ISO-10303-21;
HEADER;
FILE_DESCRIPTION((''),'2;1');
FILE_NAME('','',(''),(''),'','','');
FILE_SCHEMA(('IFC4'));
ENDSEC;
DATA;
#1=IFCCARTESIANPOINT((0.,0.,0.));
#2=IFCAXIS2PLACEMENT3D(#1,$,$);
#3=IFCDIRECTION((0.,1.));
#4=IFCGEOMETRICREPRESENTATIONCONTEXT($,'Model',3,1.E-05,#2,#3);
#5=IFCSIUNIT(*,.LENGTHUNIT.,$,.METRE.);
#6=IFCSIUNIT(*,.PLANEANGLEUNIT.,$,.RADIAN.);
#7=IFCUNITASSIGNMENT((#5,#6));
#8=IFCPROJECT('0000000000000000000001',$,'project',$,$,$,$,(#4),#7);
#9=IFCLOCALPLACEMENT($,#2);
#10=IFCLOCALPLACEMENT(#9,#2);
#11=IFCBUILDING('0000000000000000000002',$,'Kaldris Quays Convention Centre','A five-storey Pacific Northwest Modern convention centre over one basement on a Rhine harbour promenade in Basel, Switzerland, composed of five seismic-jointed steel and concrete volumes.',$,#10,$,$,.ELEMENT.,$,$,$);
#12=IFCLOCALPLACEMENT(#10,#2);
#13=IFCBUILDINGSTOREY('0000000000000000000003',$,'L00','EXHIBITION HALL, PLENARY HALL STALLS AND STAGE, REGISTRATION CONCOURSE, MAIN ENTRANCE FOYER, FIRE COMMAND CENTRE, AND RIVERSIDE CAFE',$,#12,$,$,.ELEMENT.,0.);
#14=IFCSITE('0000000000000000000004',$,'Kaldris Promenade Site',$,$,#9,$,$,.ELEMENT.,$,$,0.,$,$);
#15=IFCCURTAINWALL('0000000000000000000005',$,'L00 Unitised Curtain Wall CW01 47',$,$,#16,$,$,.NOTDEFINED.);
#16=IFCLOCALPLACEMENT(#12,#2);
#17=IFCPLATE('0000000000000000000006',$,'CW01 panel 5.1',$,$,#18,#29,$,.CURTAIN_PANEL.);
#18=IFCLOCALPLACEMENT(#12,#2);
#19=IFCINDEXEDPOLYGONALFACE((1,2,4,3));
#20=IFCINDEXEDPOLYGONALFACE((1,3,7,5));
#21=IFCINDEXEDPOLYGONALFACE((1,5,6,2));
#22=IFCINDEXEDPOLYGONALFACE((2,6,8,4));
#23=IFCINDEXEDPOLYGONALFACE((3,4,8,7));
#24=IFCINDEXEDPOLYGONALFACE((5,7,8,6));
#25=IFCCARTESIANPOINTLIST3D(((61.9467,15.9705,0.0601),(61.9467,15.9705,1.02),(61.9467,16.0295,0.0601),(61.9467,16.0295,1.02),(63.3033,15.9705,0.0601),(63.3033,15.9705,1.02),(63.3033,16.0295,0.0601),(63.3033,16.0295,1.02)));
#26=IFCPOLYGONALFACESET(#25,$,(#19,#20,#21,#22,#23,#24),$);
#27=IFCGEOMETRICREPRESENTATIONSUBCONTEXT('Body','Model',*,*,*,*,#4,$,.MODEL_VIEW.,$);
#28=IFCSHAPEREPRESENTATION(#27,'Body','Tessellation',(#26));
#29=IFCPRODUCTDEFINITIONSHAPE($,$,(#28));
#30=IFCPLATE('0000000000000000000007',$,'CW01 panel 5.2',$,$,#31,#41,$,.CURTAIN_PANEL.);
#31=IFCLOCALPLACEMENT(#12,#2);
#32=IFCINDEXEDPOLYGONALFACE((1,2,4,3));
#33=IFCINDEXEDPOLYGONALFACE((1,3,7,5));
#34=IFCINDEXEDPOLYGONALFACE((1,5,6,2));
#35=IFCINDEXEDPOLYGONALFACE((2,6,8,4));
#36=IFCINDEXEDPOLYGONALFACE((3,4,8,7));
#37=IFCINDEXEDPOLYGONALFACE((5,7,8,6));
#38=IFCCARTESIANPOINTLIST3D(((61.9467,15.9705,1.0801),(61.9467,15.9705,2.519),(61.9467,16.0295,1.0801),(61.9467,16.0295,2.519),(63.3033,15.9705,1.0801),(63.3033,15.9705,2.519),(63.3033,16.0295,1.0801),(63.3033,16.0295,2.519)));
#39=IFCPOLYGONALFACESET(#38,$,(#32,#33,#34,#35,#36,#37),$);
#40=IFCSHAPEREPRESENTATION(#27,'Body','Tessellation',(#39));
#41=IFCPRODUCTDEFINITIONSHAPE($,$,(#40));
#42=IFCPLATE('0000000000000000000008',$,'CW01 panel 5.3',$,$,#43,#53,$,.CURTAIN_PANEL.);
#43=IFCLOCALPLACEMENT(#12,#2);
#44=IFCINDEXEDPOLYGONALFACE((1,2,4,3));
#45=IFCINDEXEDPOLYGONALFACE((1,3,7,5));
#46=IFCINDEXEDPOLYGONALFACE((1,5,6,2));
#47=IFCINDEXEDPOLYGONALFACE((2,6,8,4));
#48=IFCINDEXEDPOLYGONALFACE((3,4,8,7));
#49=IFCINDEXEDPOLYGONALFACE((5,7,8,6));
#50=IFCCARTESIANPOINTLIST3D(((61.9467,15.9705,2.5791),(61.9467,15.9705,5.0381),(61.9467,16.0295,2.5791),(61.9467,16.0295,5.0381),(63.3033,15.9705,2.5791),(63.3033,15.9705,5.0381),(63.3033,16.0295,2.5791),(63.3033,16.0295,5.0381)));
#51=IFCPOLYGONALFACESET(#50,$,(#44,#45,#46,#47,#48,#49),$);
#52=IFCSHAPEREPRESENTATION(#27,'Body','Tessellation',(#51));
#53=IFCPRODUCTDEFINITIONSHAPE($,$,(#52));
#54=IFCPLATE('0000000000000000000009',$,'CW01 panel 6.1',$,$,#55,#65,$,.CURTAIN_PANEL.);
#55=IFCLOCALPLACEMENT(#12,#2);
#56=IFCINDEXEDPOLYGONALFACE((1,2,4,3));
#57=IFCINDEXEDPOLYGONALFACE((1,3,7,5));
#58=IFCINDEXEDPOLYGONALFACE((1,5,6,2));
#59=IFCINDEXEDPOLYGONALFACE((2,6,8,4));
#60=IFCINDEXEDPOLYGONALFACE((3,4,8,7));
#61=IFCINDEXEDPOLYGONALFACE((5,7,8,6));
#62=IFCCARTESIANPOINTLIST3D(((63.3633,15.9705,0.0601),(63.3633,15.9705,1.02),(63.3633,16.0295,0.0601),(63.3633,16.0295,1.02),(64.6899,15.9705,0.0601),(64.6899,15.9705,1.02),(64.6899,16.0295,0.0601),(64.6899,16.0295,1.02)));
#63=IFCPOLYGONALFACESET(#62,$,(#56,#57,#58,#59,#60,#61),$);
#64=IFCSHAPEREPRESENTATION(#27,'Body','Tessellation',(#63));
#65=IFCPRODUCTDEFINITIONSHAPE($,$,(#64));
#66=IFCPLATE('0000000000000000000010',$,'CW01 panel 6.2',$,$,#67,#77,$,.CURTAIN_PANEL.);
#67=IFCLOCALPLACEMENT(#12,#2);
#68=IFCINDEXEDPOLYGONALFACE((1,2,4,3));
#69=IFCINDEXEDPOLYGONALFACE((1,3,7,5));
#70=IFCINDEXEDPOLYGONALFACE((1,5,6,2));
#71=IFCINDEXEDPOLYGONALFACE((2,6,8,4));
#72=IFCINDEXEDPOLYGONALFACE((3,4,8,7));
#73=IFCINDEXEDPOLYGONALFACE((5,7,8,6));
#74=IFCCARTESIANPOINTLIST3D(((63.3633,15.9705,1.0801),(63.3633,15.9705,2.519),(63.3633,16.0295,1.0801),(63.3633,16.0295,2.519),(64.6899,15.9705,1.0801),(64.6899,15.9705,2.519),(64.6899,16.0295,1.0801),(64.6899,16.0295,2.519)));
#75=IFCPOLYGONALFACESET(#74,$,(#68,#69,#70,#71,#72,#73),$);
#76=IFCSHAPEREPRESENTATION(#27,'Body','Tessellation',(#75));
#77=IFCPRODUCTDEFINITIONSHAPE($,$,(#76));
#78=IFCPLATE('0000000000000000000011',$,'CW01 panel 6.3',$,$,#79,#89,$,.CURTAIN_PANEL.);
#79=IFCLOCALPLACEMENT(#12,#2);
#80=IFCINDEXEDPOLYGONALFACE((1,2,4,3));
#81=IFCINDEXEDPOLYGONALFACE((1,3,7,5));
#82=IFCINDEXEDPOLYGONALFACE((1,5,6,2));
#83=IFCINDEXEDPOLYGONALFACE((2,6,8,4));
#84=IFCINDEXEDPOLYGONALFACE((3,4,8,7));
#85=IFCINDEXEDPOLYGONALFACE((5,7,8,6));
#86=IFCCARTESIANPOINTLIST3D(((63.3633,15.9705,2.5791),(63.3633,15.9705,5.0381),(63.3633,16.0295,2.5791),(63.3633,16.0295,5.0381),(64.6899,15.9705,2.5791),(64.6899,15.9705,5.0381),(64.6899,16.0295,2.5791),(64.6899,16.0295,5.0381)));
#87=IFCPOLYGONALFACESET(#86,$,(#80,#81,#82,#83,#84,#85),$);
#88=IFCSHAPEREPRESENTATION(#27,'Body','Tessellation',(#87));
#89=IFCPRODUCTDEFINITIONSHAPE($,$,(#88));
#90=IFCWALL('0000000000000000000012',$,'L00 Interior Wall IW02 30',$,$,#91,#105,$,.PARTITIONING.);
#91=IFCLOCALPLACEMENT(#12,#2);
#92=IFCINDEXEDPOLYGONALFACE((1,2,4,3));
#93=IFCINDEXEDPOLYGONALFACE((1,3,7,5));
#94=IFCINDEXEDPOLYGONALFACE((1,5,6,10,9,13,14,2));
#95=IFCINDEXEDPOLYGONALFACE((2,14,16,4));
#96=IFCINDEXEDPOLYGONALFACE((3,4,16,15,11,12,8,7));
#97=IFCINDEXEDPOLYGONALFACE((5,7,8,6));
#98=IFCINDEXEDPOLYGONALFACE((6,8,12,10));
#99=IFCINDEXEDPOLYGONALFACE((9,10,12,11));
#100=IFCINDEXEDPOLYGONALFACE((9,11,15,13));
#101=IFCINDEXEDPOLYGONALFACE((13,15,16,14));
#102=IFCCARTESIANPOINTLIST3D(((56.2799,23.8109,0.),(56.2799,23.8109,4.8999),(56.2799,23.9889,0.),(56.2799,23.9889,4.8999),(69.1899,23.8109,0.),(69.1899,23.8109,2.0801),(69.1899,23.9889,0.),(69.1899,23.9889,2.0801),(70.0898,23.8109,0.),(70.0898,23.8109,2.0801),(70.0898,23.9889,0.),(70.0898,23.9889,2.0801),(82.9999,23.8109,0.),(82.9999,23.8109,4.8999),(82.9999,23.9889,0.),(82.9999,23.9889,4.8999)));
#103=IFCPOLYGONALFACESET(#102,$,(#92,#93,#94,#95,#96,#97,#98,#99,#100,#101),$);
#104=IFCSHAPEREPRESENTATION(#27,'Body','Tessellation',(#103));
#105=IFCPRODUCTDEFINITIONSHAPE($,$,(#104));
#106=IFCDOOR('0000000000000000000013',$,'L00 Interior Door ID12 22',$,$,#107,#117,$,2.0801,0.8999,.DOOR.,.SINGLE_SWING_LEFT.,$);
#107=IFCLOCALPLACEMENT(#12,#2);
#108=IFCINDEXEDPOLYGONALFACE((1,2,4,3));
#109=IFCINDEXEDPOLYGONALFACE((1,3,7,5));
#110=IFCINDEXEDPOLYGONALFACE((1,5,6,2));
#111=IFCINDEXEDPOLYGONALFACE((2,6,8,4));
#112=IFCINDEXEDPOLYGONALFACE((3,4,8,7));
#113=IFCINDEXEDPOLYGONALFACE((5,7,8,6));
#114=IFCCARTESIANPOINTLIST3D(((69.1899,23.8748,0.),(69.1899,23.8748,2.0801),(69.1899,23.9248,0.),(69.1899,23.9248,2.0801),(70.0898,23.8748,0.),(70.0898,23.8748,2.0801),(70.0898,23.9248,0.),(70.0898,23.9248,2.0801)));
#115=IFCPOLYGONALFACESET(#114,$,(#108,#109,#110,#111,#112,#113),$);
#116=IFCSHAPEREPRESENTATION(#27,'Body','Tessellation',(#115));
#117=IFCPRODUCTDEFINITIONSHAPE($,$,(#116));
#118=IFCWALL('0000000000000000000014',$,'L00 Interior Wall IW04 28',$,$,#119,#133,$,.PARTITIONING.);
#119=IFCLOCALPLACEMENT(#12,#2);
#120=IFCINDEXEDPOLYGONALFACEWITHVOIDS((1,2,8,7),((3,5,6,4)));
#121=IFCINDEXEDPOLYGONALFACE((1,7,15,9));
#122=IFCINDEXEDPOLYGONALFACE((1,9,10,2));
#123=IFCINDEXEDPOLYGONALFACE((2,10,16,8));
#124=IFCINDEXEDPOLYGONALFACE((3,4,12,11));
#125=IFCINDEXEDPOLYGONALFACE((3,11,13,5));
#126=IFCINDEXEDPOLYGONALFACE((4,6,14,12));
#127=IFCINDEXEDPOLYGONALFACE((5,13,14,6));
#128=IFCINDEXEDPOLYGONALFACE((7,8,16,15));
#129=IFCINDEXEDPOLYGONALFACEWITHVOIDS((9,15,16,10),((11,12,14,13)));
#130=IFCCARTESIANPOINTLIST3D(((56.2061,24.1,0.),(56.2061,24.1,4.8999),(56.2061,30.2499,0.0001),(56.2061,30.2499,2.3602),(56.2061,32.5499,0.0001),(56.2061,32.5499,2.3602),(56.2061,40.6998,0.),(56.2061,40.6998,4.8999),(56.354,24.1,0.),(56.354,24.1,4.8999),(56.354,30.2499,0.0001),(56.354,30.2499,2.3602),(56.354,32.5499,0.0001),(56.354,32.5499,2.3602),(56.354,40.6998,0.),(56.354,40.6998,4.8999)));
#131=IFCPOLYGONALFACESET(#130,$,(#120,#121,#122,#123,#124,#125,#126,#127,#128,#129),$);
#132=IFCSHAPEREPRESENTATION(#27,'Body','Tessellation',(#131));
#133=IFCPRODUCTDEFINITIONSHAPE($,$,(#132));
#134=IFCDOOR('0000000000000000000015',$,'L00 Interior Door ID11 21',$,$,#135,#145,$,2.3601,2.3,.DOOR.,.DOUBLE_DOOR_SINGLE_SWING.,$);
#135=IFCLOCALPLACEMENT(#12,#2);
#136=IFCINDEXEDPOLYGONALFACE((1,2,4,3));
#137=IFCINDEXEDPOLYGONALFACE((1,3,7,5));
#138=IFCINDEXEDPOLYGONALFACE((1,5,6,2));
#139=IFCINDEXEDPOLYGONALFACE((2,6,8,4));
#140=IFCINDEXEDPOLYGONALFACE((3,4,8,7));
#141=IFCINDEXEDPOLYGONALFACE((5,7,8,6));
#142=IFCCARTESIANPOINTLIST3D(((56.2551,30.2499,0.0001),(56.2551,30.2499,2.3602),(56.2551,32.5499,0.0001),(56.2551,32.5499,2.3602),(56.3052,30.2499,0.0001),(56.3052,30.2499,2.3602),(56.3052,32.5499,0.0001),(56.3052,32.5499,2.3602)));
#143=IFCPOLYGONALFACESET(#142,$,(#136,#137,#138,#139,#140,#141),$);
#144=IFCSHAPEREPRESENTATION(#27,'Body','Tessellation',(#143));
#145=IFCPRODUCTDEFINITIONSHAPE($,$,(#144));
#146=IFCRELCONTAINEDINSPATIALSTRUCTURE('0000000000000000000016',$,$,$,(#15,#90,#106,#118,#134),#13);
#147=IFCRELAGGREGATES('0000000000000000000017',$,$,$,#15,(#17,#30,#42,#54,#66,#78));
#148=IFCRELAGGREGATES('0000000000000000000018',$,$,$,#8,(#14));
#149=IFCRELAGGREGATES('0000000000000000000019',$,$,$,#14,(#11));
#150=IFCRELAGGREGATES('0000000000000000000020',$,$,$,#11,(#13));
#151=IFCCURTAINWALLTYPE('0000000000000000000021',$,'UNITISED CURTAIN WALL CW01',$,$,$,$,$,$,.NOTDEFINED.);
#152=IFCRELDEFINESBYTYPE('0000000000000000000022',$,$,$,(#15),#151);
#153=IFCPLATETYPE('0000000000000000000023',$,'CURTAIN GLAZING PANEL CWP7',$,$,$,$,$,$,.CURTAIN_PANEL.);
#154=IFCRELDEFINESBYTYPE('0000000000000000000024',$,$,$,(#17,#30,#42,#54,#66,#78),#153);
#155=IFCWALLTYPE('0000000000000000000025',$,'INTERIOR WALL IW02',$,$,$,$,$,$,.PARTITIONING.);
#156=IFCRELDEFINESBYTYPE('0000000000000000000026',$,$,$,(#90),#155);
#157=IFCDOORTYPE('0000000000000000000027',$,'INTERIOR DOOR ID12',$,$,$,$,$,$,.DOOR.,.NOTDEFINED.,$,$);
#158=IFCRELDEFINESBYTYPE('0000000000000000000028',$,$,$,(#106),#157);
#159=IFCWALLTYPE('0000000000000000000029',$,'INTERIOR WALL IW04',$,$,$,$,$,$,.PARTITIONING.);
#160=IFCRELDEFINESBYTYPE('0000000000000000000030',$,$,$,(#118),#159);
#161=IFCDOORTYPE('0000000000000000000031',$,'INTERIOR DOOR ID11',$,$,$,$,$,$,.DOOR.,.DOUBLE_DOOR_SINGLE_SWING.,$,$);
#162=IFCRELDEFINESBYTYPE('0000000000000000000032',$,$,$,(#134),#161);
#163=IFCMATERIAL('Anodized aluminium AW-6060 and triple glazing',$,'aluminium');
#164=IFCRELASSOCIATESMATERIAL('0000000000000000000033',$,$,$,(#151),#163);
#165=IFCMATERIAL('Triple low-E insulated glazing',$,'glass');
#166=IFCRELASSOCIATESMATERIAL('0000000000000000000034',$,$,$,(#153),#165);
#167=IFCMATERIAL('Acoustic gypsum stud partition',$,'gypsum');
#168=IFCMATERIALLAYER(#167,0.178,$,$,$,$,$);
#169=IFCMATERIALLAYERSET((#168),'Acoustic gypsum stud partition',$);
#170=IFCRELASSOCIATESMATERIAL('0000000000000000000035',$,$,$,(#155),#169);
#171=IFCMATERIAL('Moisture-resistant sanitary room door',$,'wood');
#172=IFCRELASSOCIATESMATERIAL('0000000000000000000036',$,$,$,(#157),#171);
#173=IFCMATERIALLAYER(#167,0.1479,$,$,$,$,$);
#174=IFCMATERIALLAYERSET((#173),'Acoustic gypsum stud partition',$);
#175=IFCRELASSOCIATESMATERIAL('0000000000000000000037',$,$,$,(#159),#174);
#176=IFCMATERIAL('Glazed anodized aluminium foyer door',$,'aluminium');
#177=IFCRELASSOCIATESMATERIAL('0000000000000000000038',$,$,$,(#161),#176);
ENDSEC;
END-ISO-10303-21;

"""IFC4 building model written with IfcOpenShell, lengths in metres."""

from ifc_helpers import new_model, si_unit, direction, frame, frame_2d, origin, origin_2d, place, context, subcontext, project, spatial, rectangle, extrude, material, layer, layer_set, type_object, element, fill, aggregate, save


model = new_model("IFC4")

# Units and contexts
model_context = context("Model", 3, precision=1e-05, world=origin(), true_north=direction((0.0, 1.0)))
body_context = subcontext(model_context, "Body", "Model", "MODEL_VIEW")
ifc_project = project(units=[si_unit("LENGTHUNIT", "METRE"), si_unit("PLANEANGLEUNIT", "RADIAN")], contexts=[model_context])

# Site, building, storey
site_placement = place(None, origin())
site = spatial("IfcSite", under=ifc_project, at=site_placement, Name="Kaldris Promenade Site", CompositionType="ELEMENT", RefElevation=0.0)
building_placement = place(site_placement, origin())
building = spatial("IfcBuilding", under=site, at=building_placement, Name="Kaldris Quays Convention Centre", Description="A five-storey Pacific Northwest Modern convention centre over one basement on a Rhine harbour promenade in Basel, Switzerland, composed of five seismic-jointed steel and concrete volumes.", CompositionType="ELEMENT")
storey_placement = place(building_placement, origin())
storey = spatial("IfcBuildingStorey", under=building, at=storey_placement, Name="L00", Description="EXHIBITION HALL, PLENARY HALL STALLS AND STAGE, REGISTRATION CONCOURSE, MAIN ENTRANCE FOYER, FIRE COMMAND CENTRE, AND RIVERSIDE CAFE", CompositionType="ELEMENT", Elevation=0.0)

# Curtain wall
ifc_material_1 = material(Name="Anodized aluminium AW-6060 and triple glazing", Category="aluminium")
curtain_wall_type = type_object("IfcCurtainWallType", Name="UNITISED CURTAIN WALL CW01", PredefinedType="NOTDEFINED", material=ifc_material_1)
curtain_wall_placement = place(storey_placement, origin())
curtain_wall = element("IfcCurtainWall", 1, at=curtain_wall_placement, inside=storey, type_object=curtain_wall_type, Name="L00 Unitised Curtain Wall CW01 47", PredefinedType="NOTDEFINED")

# Plates
ifc_material_2 = material(Name="Triple low-E insulated glazing", Category="glass")
plate_type = type_object("IfcPlateType", Name="CURTAIN GLAZING PANEL CWP7", PredefinedType="CURTAIN_PANEL", material=ifc_material_2)
plate_1_placement = place(storey_placement, frame((62.625, 16.0, 0.0601), z_axis=(0.0, 0.0, 1.0), x_axis=(1.0, 0.0, 0.0)))
plate_1 = element("IfcPlate", 2, at=plate_1_placement, type_object=plate_type, Name="CW01 panel 5.1", PredefinedType="CURTAIN_PANEL", context=body_context, shape_type="SweptSolid", body=[
    extrude(rectangle(XDim=1.3567, YDim=0.0591, at=origin_2d()), origin(), (0.0, 0.0, 1.0), 0.96),
])
plate_2_placement = place(storey_placement, frame((62.625, 16.0, 1.0801), z_axis=(0.0, 0.0, 1.0), x_axis=(1.0, 0.0, 0.0)))
plate_2 = element("IfcPlate", 3, at=plate_2_placement, type_object=plate_type, Name="CW01 panel 5.2", PredefinedType="CURTAIN_PANEL", context=body_context, shape_type="SweptSolid", body=[
    extrude(rectangle(XDim=1.3567, YDim=0.0591, at=origin_2d()), origin(), (0.0, 0.0, 1.0), 1.439),
])
plate_3_placement = place(storey_placement, frame((62.625, 16.0, 2.5791), z_axis=(0.0, 0.0, 1.0), x_axis=(1.0, 0.0, 0.0)))
plate_3 = element("IfcPlate", 4, at=plate_3_placement, type_object=plate_type, Name="CW01 panel 5.3", PredefinedType="CURTAIN_PANEL", context=body_context, shape_type="SweptSolid", body=[
    extrude(rectangle(XDim=1.3567, YDim=0.0591, at=origin_2d()), origin(), (0.0, 0.0, 1.0), 2.459),
])
plate_4_placement = place(storey_placement, frame((64.0266, 16.0, 0.0601), z_axis=(0.0, 0.0, 1.0), x_axis=(1.0, 0.0, 0.0)))
plate_4 = element("IfcPlate", 5, at=plate_4_placement, type_object=plate_type, Name="CW01 panel 6.1", PredefinedType="CURTAIN_PANEL", context=body_context, shape_type="SweptSolid", body=[
    extrude(rectangle(XDim=1.3267, YDim=0.0591, at=origin_2d()), origin(), (0.0, 0.0, 1.0), 0.96),
])
plate_5_placement = place(storey_placement, frame((64.0266, 16.0, 1.0801), z_axis=(0.0, 0.0, 1.0), x_axis=(1.0, 0.0, 0.0)))
plate_5 = element("IfcPlate", 6, at=plate_5_placement, type_object=plate_type, Name="CW01 panel 6.2", PredefinedType="CURTAIN_PANEL", context=body_context, shape_type="SweptSolid", body=[
    extrude(rectangle(XDim=1.3267, YDim=0.0591, at=origin_2d()), origin(), (0.0, 0.0, 1.0), 1.439),
])
plate_6_placement = place(storey_placement, frame((64.0266, 16.0, 2.5791), z_axis=(0.0, 0.0, 1.0), x_axis=(1.0, 0.0, 0.0)))
plate_6 = element("IfcPlate", 7, at=plate_6_placement, type_object=plate_type, Name="CW01 panel 6.3", PredefinedType="CURTAIN_PANEL", context=body_context, shape_type="SweptSolid", body=[
    extrude(rectangle(XDim=1.3267, YDim=0.0591, at=origin_2d()), origin(), (0.0, 0.0, 1.0), 2.459),
])
aggregate(curtain_wall, [plate_1, plate_2, plate_3, plate_4, plate_5, plate_6])

# Walls, openings, doors
ifc_material_3 = material(Name="Acoustic gypsum stud partition", Category="gypsum")
ifc_layer_1 = layer(ifc_material_3, 0.178)
ifc_layer_set_1 = layer_set([ifc_layer_1], Name="Acoustic gypsum stud partition")
wall_type_1 = type_object("IfcWallType", Name="INTERIOR WALL IW02", PredefinedType="PARTITIONING", material=ifc_layer_set_1)
wall_1_placement = place(storey_placement, frame((56.28, 23.8999, 0.0), z_axis=(0.0, 0.0, 1.0), x_axis=(1.0, 0.0, 0.0)))
wall_1 = element("IfcWall", 8, at=wall_1_placement, inside=storey, type_object=wall_type_1, Name="L00 Interior Wall IW02 30", PredefinedType="PARTITIONING", context=body_context, shape_type="SweptSolid", body=[
    extrude(rectangle(XDim=26.72, YDim=0.178, at=frame_2d((13.3599, 0.0))), origin(), (0.0, 0.0, 1.0), 4.8999),
])
opening_1_placement = place(wall_1_placement, frame((12.9099, 0.0, 0.0)))
opening_1 = element("IfcOpeningElement", 9, at=opening_1_placement, cuts=wall_1, PredefinedType="OPENING", context=body_context, shape_type="SweptSolid", body=[
    extrude(rectangle(XDim=0.8999, YDim=2.0801, at=frame_2d((0.45, 1.04))), frame((0.0, 0.0991, 0.0), z_axis=(0.0, -1.0, 0.0), x_axis=(1.0, 0.0, 0.0)), (0.0, 0.0, 1.0), 0.198),
])
ifc_material_4 = material(Name="Moisture-resistant sanitary room door", Category="wood")
door_type_1 = type_object("IfcDoorType", Name="INTERIOR DOOR ID12", OperationType="NOTDEFINED", PredefinedType="DOOR", material=ifc_material_4)
door_1_placement = place(opening_1_placement, origin())
door_1 = element("IfcDoor", 10, at=door_1_placement, inside=storey, type_object=door_type_1, Name="L00 Interior Door ID12 22", OperationType="SINGLE_SWING_LEFT", OverallHeight=2.0801, OverallWidth=0.8999, PredefinedType="DOOR", context=body_context, shape_type="SweptSolid", body=[
    extrude(rectangle(XDim=0.8999, YDim=2.0801, at=frame_2d((0.45, 1.04))), frame((0.0, 0.0249, 0.0), z_axis=(0.0, -1.0, 0.0), x_axis=(1.0, 0.0, 0.0)), (0.0, 0.0, 1.0), 0.05),
])
fill(opening_1, door_1)
ifc_layer_2 = layer(ifc_material_3, 0.1479)
ifc_layer_set_2 = layer_set([ifc_layer_2], Name="Acoustic gypsum stud partition")
wall_type_2 = type_object("IfcWallType", Name="INTERIOR WALL IW04", PredefinedType="PARTITIONING", material=ifc_layer_set_2)
wall_2_placement = place(storey_placement, frame((56.28, 24.1001, 0.0), z_axis=(0.0, 0.0, 1.0), x_axis=(0.0, 1.0, 0.0)))
wall_2 = element("IfcWall", 11, at=wall_2_placement, inside=storey, type_object=wall_type_2, Name="L00 Interior Wall IW04 28", PredefinedType="PARTITIONING", context=body_context, shape_type="SweptSolid", body=[
    extrude(rectangle(XDim=16.5999, YDim=0.1479, at=frame_2d((8.2998, 0.0))), origin(), (0.0, 0.0, 1.0), 4.8999),
])
opening_2_placement = place(wall_2_placement, frame((6.1499, 0.0, 0.0)))
opening_2 = element("IfcOpeningElement", 12, at=opening_2_placement, cuts=wall_2, PredefinedType="OPENING", context=body_context, shape_type="SweptSolid", body=[
    extrude(rectangle(XDim=2.3, YDim=2.3601, at=frame_2d((1.1499, 1.1802))), frame((0.0, 0.084, 0.0), z_axis=(0.0, -1.0, 0.0), x_axis=(1.0, 0.0, 0.0)), (0.0, 0.0, 1.0), 0.168),
])
ifc_material_5 = material(Name="Glazed anodized aluminium foyer door", Category="aluminium")
door_type_2 = type_object("IfcDoorType", Name="INTERIOR DOOR ID11", OperationType="DOUBLE_DOOR_SINGLE_SWING", PredefinedType="DOOR", material=ifc_material_5)
door_2_placement = place(opening_2_placement, origin())
door_2 = element("IfcDoor", 13, at=door_2_placement, inside=storey, type_object=door_type_2, Name="L00 Interior Door ID11 21", OperationType="DOUBLE_DOOR_SINGLE_SWING", OverallHeight=2.3601, OverallWidth=2.3, PredefinedType="DOOR", context=body_context, shape_type="SweptSolid", body=[
    extrude(rectangle(XDim=2.3, YDim=2.3601, at=frame_2d((1.1499, 1.1802))), frame((0.0, 0.0249, 0.0), z_axis=(0.0, -1.0, 0.0), x_axis=(1.0, 0.0, 0.0)), (0.0, 0.0, 1.0), 0.05),
])
fill(opening_2, door_2)

save(model, "model.ifc")
